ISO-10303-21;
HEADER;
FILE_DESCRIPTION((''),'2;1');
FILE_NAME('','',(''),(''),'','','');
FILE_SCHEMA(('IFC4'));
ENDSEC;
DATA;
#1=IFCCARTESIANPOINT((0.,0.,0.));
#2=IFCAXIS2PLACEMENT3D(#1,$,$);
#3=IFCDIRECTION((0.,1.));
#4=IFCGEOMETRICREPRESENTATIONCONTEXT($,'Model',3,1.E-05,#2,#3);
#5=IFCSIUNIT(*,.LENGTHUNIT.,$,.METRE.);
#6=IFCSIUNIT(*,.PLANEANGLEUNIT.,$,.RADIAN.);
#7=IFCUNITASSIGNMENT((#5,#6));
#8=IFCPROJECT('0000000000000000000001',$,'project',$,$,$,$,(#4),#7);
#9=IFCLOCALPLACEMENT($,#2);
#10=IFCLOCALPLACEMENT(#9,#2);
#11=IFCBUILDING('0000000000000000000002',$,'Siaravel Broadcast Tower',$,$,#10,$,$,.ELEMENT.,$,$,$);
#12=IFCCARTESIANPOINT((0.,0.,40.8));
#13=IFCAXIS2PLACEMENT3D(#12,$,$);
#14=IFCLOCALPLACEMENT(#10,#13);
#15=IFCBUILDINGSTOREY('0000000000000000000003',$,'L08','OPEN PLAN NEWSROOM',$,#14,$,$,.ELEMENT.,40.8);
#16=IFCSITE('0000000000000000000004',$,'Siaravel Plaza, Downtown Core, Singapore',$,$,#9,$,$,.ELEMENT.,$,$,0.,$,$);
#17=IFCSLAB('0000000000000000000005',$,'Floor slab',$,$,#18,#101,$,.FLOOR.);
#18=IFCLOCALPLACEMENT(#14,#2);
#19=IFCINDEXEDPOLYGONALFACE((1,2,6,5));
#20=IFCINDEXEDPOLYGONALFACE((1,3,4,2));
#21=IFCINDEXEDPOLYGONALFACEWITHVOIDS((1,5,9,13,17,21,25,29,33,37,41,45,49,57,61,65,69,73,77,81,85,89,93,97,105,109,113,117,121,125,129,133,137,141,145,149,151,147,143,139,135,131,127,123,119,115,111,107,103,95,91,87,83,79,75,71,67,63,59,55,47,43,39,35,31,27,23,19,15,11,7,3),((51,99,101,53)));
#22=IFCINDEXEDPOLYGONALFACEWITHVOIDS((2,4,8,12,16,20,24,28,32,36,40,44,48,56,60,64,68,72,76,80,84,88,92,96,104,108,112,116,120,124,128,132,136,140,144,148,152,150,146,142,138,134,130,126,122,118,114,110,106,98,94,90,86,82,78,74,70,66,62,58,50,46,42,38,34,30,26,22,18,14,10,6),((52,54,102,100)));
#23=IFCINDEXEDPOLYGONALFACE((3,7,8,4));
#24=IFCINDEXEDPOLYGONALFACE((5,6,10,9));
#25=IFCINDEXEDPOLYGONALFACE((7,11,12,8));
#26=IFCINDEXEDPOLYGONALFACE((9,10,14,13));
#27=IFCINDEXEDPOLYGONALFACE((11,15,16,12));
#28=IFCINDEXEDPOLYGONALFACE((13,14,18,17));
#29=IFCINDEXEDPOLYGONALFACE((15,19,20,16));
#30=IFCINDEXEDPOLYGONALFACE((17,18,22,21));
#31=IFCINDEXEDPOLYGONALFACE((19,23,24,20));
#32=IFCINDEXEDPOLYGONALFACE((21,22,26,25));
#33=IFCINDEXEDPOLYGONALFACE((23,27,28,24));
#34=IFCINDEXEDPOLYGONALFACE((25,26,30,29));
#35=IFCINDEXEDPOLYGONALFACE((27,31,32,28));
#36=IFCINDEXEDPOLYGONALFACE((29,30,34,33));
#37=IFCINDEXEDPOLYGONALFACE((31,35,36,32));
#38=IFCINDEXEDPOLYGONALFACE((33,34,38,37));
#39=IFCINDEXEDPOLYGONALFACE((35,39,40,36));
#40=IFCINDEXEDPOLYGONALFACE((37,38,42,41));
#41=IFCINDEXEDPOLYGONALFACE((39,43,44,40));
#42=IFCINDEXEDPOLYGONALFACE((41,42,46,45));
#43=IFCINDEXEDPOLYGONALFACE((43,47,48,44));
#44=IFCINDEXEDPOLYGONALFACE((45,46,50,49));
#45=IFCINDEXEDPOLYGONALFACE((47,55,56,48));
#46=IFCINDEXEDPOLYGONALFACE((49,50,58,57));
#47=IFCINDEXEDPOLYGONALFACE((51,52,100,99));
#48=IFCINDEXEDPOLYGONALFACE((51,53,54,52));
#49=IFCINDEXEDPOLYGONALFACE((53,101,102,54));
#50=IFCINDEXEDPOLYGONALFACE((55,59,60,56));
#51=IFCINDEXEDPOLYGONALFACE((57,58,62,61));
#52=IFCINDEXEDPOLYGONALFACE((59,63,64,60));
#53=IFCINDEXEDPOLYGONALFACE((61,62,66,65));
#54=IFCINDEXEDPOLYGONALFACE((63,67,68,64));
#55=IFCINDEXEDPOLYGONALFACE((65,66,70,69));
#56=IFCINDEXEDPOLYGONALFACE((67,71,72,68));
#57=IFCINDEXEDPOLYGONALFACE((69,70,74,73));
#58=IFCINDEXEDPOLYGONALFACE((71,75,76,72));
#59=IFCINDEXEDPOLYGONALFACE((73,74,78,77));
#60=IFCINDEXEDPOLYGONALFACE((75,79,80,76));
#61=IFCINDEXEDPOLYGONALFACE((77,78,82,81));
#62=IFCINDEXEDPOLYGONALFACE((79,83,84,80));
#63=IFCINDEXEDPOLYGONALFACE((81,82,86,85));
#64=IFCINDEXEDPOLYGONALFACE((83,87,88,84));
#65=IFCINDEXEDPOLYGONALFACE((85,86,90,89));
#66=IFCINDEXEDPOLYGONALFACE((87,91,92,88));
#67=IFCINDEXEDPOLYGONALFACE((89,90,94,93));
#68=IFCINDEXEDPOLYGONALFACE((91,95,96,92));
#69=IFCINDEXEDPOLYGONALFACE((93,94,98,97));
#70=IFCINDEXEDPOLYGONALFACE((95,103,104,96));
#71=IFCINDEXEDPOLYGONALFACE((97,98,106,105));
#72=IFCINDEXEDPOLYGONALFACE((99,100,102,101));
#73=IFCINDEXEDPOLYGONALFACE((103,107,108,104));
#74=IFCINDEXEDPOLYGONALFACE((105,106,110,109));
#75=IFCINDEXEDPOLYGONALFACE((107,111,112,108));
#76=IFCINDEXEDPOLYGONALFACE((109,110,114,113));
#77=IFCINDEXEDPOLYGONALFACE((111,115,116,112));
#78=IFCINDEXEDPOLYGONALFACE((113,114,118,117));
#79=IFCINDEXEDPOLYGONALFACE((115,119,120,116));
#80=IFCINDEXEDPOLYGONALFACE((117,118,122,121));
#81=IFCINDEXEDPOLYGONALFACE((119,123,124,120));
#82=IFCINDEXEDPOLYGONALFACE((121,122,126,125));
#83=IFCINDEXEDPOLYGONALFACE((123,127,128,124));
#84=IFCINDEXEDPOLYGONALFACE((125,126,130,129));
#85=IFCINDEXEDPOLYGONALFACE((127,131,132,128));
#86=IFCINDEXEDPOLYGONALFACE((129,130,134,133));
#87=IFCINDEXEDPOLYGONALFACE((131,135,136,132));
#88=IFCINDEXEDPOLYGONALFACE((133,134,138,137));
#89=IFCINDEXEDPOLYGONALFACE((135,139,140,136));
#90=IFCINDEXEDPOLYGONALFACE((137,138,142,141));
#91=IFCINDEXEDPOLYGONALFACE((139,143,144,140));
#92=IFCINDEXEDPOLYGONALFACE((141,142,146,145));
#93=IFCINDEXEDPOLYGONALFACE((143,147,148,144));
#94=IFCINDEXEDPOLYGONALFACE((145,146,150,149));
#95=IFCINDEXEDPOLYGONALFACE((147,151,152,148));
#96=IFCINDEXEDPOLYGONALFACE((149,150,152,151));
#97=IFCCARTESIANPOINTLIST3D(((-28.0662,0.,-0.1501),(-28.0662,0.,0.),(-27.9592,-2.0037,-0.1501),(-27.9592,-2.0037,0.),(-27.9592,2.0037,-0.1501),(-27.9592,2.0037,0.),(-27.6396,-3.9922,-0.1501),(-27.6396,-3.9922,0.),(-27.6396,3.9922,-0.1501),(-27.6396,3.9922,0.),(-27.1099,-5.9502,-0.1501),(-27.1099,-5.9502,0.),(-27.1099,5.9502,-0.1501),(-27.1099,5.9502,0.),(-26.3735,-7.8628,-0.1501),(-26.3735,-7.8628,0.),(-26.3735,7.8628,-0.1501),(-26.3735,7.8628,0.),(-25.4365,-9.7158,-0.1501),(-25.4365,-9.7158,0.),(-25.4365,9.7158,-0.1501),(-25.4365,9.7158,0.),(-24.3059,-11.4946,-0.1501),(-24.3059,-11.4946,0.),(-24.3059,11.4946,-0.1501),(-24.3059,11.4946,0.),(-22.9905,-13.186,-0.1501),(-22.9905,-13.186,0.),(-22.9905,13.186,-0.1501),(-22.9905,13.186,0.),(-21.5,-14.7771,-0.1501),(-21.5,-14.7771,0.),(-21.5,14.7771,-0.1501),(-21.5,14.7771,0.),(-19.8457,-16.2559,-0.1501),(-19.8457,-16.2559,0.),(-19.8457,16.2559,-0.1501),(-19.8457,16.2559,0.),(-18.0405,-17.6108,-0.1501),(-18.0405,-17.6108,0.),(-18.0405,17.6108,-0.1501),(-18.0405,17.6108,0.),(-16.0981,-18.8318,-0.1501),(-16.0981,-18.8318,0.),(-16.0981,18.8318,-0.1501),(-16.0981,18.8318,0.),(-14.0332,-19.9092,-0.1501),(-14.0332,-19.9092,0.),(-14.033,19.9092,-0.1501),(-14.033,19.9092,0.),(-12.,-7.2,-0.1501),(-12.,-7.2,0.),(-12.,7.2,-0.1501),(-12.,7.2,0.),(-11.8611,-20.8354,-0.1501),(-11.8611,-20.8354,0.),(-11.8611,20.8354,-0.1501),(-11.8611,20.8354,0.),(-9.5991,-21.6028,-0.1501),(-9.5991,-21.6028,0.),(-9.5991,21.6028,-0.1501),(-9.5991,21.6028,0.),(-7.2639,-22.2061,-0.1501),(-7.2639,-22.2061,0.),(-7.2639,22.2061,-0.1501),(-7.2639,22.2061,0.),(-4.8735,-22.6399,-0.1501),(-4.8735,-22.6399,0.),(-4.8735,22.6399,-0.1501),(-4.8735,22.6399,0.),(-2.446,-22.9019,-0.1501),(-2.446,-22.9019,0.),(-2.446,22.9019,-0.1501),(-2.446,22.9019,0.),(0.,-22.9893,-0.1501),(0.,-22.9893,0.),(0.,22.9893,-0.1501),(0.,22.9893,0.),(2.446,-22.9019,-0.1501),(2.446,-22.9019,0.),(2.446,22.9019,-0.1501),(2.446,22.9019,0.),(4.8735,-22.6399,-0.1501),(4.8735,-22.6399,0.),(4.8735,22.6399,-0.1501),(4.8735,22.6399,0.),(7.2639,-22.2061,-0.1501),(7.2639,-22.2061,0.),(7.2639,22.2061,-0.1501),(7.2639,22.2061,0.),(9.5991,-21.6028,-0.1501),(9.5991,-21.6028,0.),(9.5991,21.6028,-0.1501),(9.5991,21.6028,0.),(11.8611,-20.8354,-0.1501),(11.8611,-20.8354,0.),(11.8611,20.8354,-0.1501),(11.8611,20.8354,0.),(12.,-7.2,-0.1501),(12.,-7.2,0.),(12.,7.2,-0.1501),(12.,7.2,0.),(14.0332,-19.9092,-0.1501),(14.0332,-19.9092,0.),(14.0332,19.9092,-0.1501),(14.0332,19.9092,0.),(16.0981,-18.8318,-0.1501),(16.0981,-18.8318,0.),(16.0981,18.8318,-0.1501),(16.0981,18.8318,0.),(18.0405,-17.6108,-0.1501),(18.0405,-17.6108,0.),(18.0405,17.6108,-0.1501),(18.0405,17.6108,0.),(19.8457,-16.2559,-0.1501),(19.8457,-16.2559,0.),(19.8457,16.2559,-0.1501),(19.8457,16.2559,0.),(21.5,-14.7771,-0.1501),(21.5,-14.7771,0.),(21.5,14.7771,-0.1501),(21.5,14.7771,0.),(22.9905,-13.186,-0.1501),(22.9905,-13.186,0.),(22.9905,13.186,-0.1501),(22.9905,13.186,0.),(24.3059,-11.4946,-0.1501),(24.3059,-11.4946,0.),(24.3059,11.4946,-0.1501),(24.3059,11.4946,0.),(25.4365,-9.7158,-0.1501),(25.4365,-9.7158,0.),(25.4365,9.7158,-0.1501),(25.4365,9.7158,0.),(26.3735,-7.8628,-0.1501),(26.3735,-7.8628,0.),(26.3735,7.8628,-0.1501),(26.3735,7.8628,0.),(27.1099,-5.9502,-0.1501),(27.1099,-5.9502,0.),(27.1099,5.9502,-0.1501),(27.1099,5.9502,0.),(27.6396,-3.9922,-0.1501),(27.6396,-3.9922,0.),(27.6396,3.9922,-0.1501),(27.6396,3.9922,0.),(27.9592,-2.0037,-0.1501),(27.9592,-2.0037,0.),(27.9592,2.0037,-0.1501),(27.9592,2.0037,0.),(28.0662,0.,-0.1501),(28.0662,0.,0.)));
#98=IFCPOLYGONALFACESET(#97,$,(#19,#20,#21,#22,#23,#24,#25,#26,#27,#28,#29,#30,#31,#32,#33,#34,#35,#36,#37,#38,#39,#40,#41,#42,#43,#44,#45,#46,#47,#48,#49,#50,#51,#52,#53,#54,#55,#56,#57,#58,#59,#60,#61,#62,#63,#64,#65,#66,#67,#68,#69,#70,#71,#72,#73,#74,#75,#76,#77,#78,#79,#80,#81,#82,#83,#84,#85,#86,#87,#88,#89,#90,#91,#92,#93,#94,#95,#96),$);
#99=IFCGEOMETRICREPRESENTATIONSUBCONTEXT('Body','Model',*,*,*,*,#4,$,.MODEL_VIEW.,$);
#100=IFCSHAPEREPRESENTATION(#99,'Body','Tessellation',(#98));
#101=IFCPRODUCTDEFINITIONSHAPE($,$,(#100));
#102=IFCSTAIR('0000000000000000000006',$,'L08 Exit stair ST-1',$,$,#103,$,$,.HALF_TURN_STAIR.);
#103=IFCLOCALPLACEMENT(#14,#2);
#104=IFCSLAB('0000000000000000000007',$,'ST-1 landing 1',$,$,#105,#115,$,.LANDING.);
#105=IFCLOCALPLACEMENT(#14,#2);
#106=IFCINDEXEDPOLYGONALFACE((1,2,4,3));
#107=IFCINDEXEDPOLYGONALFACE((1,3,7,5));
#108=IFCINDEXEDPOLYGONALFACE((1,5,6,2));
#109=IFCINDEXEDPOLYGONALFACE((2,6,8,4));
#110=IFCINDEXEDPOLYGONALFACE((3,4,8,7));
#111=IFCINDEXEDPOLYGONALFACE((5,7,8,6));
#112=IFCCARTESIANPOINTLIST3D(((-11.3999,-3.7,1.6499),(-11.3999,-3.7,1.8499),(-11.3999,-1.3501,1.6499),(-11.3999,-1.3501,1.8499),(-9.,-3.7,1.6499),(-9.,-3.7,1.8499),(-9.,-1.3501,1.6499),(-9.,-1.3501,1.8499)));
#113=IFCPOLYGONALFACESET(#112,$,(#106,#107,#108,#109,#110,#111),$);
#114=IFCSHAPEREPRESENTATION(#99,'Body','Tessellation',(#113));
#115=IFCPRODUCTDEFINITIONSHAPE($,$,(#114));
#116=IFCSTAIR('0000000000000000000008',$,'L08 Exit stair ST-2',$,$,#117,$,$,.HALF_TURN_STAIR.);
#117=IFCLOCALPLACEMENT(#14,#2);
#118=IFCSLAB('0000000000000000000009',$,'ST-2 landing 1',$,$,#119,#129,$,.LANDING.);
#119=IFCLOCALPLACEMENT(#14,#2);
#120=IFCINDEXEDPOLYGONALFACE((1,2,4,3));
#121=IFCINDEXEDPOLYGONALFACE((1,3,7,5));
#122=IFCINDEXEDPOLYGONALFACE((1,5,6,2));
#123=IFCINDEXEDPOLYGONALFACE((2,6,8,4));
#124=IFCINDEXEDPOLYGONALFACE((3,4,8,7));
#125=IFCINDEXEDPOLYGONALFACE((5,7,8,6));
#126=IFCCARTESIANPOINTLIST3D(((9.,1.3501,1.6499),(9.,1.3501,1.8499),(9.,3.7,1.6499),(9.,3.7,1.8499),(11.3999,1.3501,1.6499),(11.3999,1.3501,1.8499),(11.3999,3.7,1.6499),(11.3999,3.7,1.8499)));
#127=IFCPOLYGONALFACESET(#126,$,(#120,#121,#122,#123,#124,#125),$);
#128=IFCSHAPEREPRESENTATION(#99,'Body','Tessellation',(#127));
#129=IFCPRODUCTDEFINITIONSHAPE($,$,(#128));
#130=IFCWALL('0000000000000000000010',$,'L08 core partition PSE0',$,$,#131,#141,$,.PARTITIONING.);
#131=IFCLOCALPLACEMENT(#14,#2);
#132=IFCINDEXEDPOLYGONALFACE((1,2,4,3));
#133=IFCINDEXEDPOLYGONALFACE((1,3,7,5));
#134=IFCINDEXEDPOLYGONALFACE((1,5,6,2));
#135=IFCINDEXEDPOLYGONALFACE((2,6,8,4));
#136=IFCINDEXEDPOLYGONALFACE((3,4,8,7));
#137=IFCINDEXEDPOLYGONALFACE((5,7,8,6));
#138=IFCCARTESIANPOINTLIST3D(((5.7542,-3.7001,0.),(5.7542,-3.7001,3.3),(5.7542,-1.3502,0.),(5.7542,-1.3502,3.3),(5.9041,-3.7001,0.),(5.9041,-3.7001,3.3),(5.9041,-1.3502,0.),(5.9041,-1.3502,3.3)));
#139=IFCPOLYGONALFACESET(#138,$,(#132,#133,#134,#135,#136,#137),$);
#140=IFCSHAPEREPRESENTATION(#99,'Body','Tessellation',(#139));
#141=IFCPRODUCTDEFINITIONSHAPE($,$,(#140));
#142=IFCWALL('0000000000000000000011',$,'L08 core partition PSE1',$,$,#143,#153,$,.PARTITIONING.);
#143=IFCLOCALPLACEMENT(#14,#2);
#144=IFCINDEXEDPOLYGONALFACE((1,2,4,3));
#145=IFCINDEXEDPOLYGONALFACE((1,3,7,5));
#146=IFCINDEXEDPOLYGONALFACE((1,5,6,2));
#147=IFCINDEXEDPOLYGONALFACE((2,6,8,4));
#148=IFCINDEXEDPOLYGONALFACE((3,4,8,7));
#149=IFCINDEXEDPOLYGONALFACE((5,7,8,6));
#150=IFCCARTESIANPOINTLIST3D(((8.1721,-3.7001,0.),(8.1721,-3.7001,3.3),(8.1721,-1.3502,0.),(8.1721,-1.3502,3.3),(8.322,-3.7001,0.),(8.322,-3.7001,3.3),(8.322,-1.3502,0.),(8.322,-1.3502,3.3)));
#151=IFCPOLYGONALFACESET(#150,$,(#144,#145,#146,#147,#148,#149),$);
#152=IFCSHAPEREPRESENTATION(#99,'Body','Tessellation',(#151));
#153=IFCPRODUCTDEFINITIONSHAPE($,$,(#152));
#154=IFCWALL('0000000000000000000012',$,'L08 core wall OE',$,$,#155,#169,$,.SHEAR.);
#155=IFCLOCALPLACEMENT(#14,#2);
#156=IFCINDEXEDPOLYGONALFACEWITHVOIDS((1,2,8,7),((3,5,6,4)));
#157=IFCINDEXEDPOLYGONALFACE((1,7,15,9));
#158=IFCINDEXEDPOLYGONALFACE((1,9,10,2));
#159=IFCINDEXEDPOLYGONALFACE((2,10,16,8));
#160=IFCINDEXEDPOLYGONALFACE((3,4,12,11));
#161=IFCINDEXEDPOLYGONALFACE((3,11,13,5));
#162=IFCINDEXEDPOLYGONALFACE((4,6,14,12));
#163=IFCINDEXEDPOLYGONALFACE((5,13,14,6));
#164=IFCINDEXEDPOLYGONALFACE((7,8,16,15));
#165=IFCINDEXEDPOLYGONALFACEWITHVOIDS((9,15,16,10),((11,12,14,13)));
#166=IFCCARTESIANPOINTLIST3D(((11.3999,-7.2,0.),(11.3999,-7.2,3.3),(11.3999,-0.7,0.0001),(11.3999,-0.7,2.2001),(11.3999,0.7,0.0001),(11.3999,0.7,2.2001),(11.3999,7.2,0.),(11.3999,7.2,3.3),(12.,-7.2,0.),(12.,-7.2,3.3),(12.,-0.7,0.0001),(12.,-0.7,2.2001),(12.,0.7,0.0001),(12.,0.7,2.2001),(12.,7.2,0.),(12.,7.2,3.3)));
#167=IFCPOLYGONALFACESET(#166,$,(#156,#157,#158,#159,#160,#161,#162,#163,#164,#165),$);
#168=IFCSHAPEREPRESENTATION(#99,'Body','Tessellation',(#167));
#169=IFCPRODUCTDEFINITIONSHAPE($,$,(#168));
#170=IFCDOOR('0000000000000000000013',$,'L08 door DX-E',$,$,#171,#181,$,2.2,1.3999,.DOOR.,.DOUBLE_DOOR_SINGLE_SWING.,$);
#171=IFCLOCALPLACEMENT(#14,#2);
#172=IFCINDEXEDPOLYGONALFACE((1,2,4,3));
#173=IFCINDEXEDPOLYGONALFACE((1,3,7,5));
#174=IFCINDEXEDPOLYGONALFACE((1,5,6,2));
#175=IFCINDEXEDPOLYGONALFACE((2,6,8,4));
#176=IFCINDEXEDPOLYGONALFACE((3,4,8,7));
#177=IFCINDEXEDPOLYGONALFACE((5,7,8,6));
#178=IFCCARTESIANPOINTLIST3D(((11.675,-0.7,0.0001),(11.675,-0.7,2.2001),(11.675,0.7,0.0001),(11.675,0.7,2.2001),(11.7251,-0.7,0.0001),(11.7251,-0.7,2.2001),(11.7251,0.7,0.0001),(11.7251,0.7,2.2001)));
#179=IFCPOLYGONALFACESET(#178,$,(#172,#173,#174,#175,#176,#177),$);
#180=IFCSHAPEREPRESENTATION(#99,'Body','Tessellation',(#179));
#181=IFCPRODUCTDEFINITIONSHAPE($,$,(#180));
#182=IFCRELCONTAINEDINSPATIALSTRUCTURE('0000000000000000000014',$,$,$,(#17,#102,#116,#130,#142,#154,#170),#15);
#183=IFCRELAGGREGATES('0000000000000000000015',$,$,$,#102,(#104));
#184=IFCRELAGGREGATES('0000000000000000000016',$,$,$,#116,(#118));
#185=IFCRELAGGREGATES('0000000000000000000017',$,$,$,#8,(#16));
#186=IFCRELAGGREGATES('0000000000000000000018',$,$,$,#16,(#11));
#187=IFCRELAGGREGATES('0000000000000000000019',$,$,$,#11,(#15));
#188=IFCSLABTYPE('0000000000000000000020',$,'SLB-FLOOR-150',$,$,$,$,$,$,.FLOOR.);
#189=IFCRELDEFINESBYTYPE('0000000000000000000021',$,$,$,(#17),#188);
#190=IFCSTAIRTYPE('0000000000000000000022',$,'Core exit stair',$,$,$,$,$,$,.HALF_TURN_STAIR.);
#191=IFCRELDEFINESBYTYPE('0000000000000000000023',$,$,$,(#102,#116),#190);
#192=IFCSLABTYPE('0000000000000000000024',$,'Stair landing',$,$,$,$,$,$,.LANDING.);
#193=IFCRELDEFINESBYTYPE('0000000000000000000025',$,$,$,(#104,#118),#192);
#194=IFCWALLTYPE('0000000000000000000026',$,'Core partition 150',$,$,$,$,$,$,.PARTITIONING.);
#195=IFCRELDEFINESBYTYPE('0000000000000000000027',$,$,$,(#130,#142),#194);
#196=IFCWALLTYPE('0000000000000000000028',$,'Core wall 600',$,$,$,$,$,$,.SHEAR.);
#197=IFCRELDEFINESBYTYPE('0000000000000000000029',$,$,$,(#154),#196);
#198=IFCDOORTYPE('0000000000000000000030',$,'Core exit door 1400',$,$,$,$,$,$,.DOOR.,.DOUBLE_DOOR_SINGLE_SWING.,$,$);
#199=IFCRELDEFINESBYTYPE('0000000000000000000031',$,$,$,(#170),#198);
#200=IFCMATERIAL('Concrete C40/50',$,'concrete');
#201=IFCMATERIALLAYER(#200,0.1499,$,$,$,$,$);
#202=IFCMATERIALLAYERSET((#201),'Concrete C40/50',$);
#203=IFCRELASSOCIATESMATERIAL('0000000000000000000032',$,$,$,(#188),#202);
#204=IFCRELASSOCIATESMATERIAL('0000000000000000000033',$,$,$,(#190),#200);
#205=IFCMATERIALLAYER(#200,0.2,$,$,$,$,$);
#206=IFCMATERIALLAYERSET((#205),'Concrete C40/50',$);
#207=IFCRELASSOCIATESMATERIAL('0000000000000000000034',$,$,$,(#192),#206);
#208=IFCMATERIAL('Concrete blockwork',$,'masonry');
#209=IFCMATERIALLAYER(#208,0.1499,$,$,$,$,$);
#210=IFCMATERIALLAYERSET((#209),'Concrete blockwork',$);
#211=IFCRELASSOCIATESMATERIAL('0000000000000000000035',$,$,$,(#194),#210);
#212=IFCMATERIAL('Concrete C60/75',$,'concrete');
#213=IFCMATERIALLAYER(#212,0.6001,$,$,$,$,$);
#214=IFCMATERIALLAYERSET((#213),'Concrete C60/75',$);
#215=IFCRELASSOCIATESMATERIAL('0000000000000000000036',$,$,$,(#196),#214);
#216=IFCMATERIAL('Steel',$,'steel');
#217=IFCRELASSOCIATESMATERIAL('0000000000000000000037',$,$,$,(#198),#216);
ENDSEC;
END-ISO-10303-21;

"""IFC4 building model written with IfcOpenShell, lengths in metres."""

from ifc_helpers import new_model, si_unit, direction, frame, frame_2d, origin, place, context, subcontext, project, spatial, polyline, rectangle, outline, extrude, material, layer, layer_set, type_object, element, fill, aggregate, save


model = new_model("IFC4")

# Units and contexts
model_context = context("Model", 3, precision=1e-05, world=origin(), true_north=direction((0.0, 1.0)))
body_context = subcontext(model_context, "Body", "Model", "MODEL_VIEW")
ifc_project = project(units=[si_unit("LENGTHUNIT", "METRE"), si_unit("PLANEANGLEUNIT", "RADIAN")], contexts=[model_context])

# Site, building, storey
site_placement = place(None, origin())
site = spatial("IfcSite", under=ifc_project, at=site_placement, Name="Siaravel Plaza, Downtown Core, Singapore", CompositionType="ELEMENT", RefElevation=0.0)
building_placement = place(site_placement, origin())
building = spatial("IfcBuilding", under=site, at=building_placement, Name="Siaravel Broadcast Tower", CompositionType="ELEMENT")
storey_placement = place(building_placement, frame((0.0, 0.0, 40.8)))
storey = spatial("IfcBuildingStorey", under=building, at=storey_placement, Name="L08", Description="OPEN PLAN NEWSROOM", CompositionType="ELEMENT", Elevation=40.8)

# Slab
ifc_material_1 = material(Name="Concrete C40/50", Category="concrete")
ifc_layer_1 = layer(ifc_material_1, 0.1499)
ifc_layer_set_1 = layer_set([ifc_layer_1], Name="Concrete C40/50")
slab_type_1 = type_object("IfcSlabType", Name="SLB-FLOOR-150", PredefinedType="FLOOR", material=ifc_layer_set_1)
slab_1_placement = place(storey_placement, frame((0.0, 0.0, -0.1501)))
element("IfcSlab", 1, at=slab_1_placement, inside=storey, type_object=slab_type_1, Name="Floor slab", PredefinedType="FLOOR", context=body_context, shape_type="SweptSolid", body=[
    extrude(outline(polyline([(28.0662, 0.0), (27.9592, 2.0037), (27.6396, 3.9922), (27.1099, 5.9502), (26.3735, 7.8628), (25.4365, 9.7158), (24.3059, 11.4946), (22.9905, 13.186), (21.5, 14.7771), (19.8457, 16.2559), (18.0405, 17.6108), (16.0981, 18.8318), (14.0332, 19.9092), (11.8611, 20.8354), (9.5991, 21.6028), (7.2639, 22.2061), (4.8735, 22.6399), (2.446, 22.9019), (0.0, 22.9893), (-2.446, 22.9019), (-4.8735, 22.6399), (-7.2639, 22.2061), (-9.5991, 21.6028), (-11.8611, 20.8354), (-14.033, 19.9092), (-16.0981, 18.8318), (-18.0405, 17.6108), (-19.8457, 16.2559), (-21.5, 14.7771), (-22.9905, 13.186), (-24.3059, 11.4946), (-25.4365, 9.7158), (-26.3735, 7.8628), (-27.1099, 5.9502), (-27.6396, 3.9922), (-27.9592, 2.0037), (-28.0662, 0.0), (-27.9592, -2.0037), (-27.6396, -3.9922), (-27.1099, -5.9502), (-26.3735, -7.8628), (-25.4365, -9.7158), (-24.3059, -11.4946), (-22.9905, -13.186), (-21.5, -14.7771), (-19.8457, -16.2559), (-18.0405, -17.6108), (-16.0981, -18.8318), (-14.0332, -19.9092), (-11.8611, -20.8354), (-9.5991, -21.6028), (-7.2639, -22.2061), (-4.8735, -22.6399), (-2.446, -22.9019), (0.0, -22.9893), (2.446, -22.9019), (4.8735, -22.6399), (7.2639, -22.2061), (9.5991, -21.6028), (11.8611, -20.8354), (14.0332, -19.9092), (16.0981, -18.8318), (18.0405, -17.6108), (19.8457, -16.2559), (21.5, -14.7771), (22.9905, -13.186), (24.3059, -11.4946), (25.4365, -9.7158), (26.3735, -7.8628), (27.1099, -5.9502), (27.6396, -3.9922), (27.9592, -2.0037), (28.0662, 0.0)]), holes=[polyline([(-12.0, 7.2), (12.0, 7.2), (12.0, -7.2), (-12.0, -7.2), (-12.0, 7.2)])]), origin(), (0.0, 0.0, 1.0), 0.1501),
])

# Stairs, slabs
stair_type = type_object("IfcStairType", Name="Core exit stair", PredefinedType="HALF_TURN_STAIR", material=ifc_material_1)
stair_1_placement = place(storey_placement, origin())
stair_1 = element("IfcStair", 2, at=stair_1_placement, inside=storey, type_object=stair_type, Name="L08 Exit stair ST-1", PredefinedType="HALF_TURN_STAIR")
ifc_layer_2 = layer(ifc_material_1, 0.2)
ifc_layer_set_2 = layer_set([ifc_layer_2], Name="Concrete C40/50")
slab_type_2 = type_object("IfcSlabType", Name="Stair landing", PredefinedType="LANDING", material=ifc_layer_set_2)
slab_2_placement = place(storey_placement, frame((0.0, 0.0, 1.6499)))
slab_2 = element("IfcSlab", 3, at=slab_2_placement, type_object=slab_type_2, Name="ST-1 landing 1", PredefinedType="LANDING", context=body_context, shape_type="SweptSolid", body=[
    extrude(outline(polyline([(-9.0, -1.3501), (-11.3999, -1.3501), (-11.3999, -3.7), (-9.0, -3.7), (-9.0, -1.3501)])), origin(), (0.0, 0.0, 1.0), 0.2),
])
aggregate(stair_1, [slab_2])
stair_2_placement = place(storey_placement, origin())
stair_2 = element("IfcStair", 4, at=stair_2_placement, inside=storey, type_object=stair_type, Name="L08 Exit stair ST-2", PredefinedType="HALF_TURN_STAIR")
slab_3_placement = place(storey_placement, frame((0.0, 0.0, 1.6499)))
slab_3 = element("IfcSlab", 5, at=slab_3_placement, type_object=slab_type_2, Name="ST-2 landing 1", PredefinedType="LANDING", context=body_context, shape_type="SweptSolid", body=[
    extrude(outline(polyline([(9.0, 1.3501), (11.3999, 1.3501), (11.3999, 3.7), (9.0, 3.7), (9.0, 1.3501)])), origin(), (0.0, 0.0, 1.0), 0.2),
])
aggregate(stair_2, [slab_3])

# Walls
ifc_material_2 = material(Name="Concrete blockwork", Category="masonry")
ifc_layer_3 = layer(ifc_material_2, 0.1499)
ifc_layer_set_3 = layer_set([ifc_layer_3], Name="Concrete blockwork")
wall_type_1 = type_object("IfcWallType", Name="Core partition 150", PredefinedType="PARTITIONING", material=ifc_layer_set_3)
for number, where, z_axis, x_axis, name in (
    (6, (5.8291, -3.7, 0.0), (0.0, 0.0, 1.0), (0.0, 1.0, 0.0), "L08 core partition PSE0"),
    (7, (8.2471, -3.7, 0.0), (0.0, 0.0, 1.0), (0.0, 1.0, 0.0), "L08 core partition PSE1"),
):
    element("IfcWall", number, at=place(storey_placement, frame(where, z_axis=z_axis, x_axis=x_axis)), inside=storey, type_object=wall_type_1, Name=name, PredefinedType="PARTITIONING", context=body_context, shape_type="SweptSolid", body=[
        extrude(rectangle(XDim=2.3499, YDim=0.1499, at=frame_2d((1.1748, 0.0))), origin(), (0.0, 0.0, 1.0), 3.3),
    ])

# Wall, opening, door
ifc_material_3 = material(Name="Concrete C60/75", Category="concrete")
ifc_layer_4 = layer(ifc_material_3, 0.6001)
ifc_layer_set_4 = layer_set([ifc_layer_4], Name="Concrete C60/75")
wall_type_2 = type_object("IfcWallType", Name="Core wall 600", PredefinedType="SHEAR", material=ifc_layer_set_4)
wall_1_placement = place(storey_placement, frame((11.7, -7.2, 0.0), z_axis=(0.0, 0.0, 1.0), x_axis=(0.0, 1.0, 0.0)))
wall_1 = element("IfcWall", 8, at=wall_1_placement, inside=storey, type_object=wall_type_2, Name="L08 core wall OE", PredefinedType="SHEAR", context=body_context, shape_type="SweptSolid", body=[
    extrude(rectangle(XDim=14.3999, YDim=0.6001, at=frame_2d((7.2, 0.0))), origin(), (0.0, 0.0, 1.0), 3.3),
])
opening_1_placement = place(wall_1_placement, frame((6.5, 0.0, 0.0)))
opening_1 = element("IfcOpeningElement", 9, at=opening_1_placement, cuts=wall_1, PredefinedType="OPENING", context=body_context, shape_type="SweptSolid", body=[
    extrude(rectangle(XDim=1.3999, YDim=2.2, at=frame_2d((0.7, 1.1001))), frame((0.0, 0.3101, 0.0), z_axis=(0.0, -1.0, 0.0), x_axis=(1.0, 0.0, 0.0)), (0.0, 0.0, 1.0), 0.6201),
])
ifc_material_4 = material(Name="Steel", Category="steel")
door_type_1 = type_object("IfcDoorType", Name="Core exit door 1400", OperationType="DOUBLE_DOOR_SINGLE_SWING", PredefinedType="DOOR", material=ifc_material_4)
door_1_placement = place(opening_1_placement, origin())
door_1 = element("IfcDoor", 10, at=door_1_placement, inside=storey, type_object=door_type_1, Name="L08 door DX-E", OperationType="DOUBLE_DOOR_SINGLE_SWING", OverallHeight=2.2, OverallWidth=1.3999, PredefinedType="DOOR", context=body_context, shape_type="SweptSolid", body=[
    extrude(rectangle(XDim=1.3999, YDim=2.2, at=frame_2d((0.7, 1.1001))), frame((0.0, 0.0249, 0.0), z_axis=(0.0, -1.0, 0.0), x_axis=(1.0, 0.0, 0.0)), (0.0, 0.0, 1.0), 0.05),
])
fill(opening_1, door_1)

save(model, "model.ifc")
